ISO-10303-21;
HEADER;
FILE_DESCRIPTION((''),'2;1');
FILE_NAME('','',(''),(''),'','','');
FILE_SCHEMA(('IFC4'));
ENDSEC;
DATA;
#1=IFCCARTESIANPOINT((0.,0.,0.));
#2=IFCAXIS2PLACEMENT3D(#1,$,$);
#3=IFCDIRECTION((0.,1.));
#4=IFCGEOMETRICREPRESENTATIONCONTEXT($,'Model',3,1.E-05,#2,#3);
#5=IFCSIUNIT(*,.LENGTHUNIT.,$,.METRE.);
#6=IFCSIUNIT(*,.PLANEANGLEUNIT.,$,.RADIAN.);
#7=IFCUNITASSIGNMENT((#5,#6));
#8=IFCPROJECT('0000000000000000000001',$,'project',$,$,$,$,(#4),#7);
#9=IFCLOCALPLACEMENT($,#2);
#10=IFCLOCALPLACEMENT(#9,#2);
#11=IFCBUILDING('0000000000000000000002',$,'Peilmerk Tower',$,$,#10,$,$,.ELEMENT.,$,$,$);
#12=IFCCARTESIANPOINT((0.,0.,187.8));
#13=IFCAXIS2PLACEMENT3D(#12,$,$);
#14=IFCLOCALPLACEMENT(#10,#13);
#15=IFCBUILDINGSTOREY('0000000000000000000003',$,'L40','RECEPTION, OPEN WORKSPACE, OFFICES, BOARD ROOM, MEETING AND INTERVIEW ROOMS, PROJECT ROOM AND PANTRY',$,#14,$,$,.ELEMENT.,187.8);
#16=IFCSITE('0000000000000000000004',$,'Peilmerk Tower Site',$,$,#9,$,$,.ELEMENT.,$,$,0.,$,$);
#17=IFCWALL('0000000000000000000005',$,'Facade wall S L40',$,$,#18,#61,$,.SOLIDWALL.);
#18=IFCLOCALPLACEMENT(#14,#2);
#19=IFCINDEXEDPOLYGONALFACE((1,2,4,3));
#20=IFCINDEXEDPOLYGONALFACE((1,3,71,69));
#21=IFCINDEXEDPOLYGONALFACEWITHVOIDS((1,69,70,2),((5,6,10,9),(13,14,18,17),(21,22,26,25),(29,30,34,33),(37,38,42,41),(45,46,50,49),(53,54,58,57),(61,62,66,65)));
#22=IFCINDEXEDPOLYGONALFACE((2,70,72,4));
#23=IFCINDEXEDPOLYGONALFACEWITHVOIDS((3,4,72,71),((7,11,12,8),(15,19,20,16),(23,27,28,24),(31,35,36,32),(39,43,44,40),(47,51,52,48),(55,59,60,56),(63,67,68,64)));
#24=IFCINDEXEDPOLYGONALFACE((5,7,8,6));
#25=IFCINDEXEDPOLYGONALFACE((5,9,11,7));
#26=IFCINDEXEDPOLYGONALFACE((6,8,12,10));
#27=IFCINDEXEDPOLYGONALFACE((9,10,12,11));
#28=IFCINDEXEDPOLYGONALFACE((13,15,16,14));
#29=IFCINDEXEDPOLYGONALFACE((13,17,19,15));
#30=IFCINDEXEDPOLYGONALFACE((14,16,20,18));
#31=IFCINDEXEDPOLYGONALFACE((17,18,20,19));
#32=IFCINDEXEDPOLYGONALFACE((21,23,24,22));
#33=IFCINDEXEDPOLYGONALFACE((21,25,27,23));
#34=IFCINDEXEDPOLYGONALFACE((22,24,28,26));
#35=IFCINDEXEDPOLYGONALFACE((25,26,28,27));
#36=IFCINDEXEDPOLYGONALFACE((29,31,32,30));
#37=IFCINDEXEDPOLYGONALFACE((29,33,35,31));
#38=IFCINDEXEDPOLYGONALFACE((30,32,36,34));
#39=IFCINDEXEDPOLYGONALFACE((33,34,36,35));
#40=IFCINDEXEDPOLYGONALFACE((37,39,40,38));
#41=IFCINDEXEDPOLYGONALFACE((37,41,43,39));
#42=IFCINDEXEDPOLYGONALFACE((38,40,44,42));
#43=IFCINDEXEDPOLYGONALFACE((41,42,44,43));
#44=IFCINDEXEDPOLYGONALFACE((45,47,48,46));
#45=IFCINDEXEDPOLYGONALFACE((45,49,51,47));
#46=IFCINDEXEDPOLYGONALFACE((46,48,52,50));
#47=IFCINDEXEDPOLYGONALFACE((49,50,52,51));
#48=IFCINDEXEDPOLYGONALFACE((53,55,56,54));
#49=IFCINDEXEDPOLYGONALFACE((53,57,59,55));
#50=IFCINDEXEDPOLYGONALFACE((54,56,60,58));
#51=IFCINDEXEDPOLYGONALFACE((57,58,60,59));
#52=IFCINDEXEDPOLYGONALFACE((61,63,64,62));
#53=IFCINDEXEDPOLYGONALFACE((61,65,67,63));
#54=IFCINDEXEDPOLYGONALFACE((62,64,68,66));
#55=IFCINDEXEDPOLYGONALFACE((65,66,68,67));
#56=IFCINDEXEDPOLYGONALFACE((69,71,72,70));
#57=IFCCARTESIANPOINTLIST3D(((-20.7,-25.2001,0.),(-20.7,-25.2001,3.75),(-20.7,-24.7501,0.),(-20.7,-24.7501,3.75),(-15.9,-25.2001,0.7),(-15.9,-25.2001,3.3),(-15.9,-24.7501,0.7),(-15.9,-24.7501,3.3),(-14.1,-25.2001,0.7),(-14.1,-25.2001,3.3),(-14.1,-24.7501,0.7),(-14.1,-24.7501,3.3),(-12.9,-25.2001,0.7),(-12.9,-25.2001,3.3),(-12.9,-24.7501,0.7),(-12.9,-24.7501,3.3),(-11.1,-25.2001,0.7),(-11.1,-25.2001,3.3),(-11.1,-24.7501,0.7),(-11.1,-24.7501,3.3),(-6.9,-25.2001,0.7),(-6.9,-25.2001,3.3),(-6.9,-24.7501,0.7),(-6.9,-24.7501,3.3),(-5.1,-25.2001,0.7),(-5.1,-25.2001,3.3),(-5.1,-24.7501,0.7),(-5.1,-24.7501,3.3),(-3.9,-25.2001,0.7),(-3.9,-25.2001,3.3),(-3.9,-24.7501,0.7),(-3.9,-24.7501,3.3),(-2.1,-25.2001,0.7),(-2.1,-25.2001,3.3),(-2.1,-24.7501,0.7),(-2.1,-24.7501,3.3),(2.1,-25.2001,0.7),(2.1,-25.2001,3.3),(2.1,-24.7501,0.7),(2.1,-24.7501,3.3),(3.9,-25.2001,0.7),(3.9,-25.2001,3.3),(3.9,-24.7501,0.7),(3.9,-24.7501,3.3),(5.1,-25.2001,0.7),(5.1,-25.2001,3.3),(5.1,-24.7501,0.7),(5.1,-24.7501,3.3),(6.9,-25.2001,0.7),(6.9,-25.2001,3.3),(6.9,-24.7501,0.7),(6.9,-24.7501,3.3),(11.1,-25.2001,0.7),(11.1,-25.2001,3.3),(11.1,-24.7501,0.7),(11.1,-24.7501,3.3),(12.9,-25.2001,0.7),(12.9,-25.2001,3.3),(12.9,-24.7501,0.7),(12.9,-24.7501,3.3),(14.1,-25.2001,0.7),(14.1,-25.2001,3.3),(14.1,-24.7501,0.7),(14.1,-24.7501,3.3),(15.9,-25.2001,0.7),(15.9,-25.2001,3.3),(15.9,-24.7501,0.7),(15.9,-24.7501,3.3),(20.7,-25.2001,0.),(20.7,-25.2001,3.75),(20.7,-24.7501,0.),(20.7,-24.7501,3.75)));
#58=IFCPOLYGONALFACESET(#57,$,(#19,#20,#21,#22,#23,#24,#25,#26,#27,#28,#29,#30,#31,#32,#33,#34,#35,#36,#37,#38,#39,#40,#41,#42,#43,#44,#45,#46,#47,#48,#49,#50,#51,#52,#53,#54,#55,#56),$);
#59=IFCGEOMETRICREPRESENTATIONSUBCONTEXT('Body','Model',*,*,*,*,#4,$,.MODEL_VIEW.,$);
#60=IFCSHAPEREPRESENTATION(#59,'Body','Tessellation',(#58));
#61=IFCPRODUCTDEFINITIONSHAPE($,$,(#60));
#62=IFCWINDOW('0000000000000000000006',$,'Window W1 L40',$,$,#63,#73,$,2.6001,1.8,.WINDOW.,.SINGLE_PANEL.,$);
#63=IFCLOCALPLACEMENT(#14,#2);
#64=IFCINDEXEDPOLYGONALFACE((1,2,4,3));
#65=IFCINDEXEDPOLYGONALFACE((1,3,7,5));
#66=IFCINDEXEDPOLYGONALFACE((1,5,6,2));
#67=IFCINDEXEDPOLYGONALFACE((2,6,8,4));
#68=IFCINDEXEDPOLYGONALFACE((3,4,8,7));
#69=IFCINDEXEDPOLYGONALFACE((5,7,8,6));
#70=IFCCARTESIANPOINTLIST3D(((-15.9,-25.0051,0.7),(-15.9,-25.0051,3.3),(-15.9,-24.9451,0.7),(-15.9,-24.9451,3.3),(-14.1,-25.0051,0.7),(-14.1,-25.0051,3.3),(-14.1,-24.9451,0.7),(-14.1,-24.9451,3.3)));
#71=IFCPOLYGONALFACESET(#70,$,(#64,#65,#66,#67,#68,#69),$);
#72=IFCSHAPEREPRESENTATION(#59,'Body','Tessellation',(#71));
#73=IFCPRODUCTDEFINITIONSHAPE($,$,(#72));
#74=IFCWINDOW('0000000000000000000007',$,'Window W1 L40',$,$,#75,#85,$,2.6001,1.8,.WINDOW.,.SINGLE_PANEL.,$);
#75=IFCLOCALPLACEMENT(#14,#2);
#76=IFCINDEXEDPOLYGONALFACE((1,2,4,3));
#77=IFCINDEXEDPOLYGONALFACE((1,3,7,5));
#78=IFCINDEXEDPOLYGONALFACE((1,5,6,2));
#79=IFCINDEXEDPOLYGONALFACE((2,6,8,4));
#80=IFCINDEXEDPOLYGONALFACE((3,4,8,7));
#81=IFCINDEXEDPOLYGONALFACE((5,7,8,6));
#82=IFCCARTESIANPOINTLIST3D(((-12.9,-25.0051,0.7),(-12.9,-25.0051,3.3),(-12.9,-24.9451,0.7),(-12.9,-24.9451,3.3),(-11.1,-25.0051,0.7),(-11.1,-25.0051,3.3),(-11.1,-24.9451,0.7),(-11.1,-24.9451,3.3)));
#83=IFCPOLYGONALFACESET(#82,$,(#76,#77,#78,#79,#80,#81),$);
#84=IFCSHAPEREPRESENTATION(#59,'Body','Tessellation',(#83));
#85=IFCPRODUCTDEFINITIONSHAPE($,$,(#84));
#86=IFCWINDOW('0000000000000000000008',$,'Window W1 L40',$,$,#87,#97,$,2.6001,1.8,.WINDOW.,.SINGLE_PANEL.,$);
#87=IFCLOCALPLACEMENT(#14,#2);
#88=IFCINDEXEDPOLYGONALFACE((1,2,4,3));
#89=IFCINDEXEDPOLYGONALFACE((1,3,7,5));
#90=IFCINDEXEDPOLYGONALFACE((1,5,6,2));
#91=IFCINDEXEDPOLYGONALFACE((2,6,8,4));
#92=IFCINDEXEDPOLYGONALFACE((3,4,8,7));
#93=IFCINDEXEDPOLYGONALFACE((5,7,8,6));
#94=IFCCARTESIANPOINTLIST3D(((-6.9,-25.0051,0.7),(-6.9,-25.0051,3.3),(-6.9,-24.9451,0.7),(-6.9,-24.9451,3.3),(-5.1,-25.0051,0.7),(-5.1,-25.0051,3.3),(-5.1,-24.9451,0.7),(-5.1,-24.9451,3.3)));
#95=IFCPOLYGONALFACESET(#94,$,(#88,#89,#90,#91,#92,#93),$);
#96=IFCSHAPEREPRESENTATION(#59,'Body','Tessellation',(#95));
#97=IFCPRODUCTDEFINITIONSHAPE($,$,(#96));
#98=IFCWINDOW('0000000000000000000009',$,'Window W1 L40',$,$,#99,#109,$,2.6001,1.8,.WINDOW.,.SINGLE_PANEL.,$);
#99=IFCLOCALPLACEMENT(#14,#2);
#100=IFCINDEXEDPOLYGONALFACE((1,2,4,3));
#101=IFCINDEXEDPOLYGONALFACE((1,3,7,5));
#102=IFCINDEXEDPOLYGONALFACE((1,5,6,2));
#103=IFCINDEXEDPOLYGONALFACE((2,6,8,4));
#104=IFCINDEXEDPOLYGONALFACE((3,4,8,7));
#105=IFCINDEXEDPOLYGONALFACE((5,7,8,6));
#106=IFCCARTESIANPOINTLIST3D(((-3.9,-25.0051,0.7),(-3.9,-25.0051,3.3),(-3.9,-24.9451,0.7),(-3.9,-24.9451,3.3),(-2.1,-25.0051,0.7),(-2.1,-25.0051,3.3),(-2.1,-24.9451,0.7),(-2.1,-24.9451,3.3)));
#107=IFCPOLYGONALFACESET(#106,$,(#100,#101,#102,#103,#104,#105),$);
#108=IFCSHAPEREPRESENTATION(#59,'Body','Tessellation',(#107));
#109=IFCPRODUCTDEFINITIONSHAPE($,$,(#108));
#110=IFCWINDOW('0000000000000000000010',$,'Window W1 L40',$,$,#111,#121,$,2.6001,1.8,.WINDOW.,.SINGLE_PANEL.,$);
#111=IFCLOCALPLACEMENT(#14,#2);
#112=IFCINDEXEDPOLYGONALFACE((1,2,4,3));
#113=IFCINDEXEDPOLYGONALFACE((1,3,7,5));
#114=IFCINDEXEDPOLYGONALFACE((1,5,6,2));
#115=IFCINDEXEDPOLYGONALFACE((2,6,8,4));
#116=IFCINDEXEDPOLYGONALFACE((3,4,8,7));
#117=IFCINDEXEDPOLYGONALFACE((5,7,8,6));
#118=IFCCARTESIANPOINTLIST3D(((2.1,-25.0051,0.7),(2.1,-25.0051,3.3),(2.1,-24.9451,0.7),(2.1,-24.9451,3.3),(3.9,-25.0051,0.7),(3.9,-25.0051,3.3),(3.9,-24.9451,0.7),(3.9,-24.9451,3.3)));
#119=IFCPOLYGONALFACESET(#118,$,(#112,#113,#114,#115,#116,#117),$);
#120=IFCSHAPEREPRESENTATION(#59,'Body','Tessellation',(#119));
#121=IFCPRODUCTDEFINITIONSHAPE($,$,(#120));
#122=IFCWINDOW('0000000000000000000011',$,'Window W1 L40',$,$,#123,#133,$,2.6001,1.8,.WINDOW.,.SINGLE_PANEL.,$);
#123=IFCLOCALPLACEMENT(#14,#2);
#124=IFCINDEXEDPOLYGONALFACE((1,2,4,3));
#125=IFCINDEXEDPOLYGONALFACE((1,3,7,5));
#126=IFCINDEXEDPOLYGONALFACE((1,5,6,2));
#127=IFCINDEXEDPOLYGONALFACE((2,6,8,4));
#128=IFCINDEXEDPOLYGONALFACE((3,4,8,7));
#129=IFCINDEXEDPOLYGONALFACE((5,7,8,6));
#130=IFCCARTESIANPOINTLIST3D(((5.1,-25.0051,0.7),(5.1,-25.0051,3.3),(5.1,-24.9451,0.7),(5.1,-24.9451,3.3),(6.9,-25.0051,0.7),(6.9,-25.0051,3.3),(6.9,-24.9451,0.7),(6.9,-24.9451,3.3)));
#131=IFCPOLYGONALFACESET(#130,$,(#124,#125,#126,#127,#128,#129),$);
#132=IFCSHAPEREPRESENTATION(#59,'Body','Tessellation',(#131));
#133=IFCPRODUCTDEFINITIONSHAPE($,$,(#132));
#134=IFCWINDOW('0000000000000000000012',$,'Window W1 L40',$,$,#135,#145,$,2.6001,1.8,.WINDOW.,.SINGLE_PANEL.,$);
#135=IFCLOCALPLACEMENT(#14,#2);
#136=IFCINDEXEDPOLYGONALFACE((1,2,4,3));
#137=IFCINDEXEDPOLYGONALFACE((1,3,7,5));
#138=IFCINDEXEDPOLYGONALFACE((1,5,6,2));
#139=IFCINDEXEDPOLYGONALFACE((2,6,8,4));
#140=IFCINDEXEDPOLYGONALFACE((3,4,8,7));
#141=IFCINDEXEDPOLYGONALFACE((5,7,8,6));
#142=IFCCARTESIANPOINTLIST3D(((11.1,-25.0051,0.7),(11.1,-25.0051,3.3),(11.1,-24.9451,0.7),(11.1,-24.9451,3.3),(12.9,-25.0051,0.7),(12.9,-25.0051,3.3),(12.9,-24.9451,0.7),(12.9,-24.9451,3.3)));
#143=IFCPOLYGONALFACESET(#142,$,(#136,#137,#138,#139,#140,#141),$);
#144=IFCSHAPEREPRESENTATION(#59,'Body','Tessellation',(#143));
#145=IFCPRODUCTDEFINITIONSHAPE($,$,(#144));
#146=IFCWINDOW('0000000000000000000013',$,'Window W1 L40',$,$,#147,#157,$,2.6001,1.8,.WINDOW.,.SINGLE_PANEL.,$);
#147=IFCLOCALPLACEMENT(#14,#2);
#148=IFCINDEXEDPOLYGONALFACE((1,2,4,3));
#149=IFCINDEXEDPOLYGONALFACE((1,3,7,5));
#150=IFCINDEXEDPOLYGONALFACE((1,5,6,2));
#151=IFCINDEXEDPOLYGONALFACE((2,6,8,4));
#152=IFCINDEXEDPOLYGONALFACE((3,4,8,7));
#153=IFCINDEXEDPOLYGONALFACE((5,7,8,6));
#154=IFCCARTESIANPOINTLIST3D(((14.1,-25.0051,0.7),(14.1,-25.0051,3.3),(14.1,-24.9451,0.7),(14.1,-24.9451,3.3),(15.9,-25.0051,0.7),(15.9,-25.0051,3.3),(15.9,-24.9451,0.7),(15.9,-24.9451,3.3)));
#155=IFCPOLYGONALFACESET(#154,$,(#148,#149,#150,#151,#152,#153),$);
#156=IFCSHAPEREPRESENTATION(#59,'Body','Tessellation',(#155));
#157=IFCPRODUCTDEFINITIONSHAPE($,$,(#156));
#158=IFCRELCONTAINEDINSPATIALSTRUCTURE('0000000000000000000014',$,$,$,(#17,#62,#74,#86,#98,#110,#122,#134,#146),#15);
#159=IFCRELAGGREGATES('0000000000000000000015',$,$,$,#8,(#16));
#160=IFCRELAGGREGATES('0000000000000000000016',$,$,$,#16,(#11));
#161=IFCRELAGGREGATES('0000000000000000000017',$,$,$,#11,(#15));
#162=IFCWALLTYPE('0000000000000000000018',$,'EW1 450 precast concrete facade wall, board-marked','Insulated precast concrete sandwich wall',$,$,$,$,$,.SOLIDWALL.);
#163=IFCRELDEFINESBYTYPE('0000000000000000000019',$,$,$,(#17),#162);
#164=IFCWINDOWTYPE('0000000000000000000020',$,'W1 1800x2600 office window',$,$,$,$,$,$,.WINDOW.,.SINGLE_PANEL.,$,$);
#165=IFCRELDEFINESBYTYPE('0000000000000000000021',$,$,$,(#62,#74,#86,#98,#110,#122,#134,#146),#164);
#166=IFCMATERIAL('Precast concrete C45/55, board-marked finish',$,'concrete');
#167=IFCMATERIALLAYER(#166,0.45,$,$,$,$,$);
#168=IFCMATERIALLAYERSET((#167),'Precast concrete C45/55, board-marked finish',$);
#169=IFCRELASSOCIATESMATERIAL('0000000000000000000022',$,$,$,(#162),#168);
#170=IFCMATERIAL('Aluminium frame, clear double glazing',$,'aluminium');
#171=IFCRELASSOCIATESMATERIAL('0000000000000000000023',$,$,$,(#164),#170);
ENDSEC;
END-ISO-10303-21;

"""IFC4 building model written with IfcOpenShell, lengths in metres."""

from ifc_helpers import new_model, si_unit, direction, frame, frame_2d, origin, place, context, subcontext, project, spatial, rectangle, extrude, material, layer, layer_set, type_object, element, fill, save


model = new_model("IFC4")

# Units and contexts
model_context = context("Model", 3, precision=1e-05, world=origin(), true_north=direction((0.0, 1.0)))
body_context = subcontext(model_context, "Body", "Model", "MODEL_VIEW")
ifc_project = project(units=[si_unit("LENGTHUNIT", "METRE"), si_unit("PLANEANGLEUNIT", "RADIAN")], contexts=[model_context])

# Site, building, storey
site_placement = place(None, origin())
site = spatial("IfcSite", under=ifc_project, at=site_placement, Name="Peilmerk Tower Site", CompositionType="ELEMENT", RefElevation=0.0)
building_placement = place(site_placement, origin())
building = spatial("IfcBuilding", under=site, at=building_placement, Name="Peilmerk Tower", CompositionType="ELEMENT")
storey_placement = place(building_placement, frame((0.0, 0.0, 187.8)))
storey = spatial("IfcBuildingStorey", under=building, at=storey_placement, Name="L40", Description="RECEPTION, OPEN WORKSPACE, OFFICES, BOARD ROOM, MEETING AND INTERVIEW ROOMS, PROJECT ROOM AND PANTRY", CompositionType="ELEMENT", Elevation=187.8)

# Wall, openings, windows
ifc_material_1 = material(Name="Precast concrete C45/55, board-marked finish", Category="concrete")
ifc_layer_1 = layer(ifc_material_1, 0.45)
ifc_layer_set_1 = layer_set([ifc_layer_1], Name="Precast concrete C45/55, board-marked finish")
wall_type = type_object("IfcWallType", Name="EW1 450 precast concrete facade wall, board-marked", Description="Insulated precast concrete sandwich wall", PredefinedType="SOLIDWALL", material=ifc_layer_set_1)
wall_placement = place(storey_placement, frame((-20.7, -24.9751, 0.0), z_axis=(0.0, 0.0, 1.0), x_axis=(1.0, 0.0, 0.0)))
wall = element("IfcWall", 1, at=wall_placement, inside=storey, type_object=wall_type, Name="Facade wall S L40", PredefinedType="SOLIDWALL", context=body_context, shape_type="SweptSolid", body=[
    extrude(rectangle(XDim=41.3999, YDim=0.45, at=frame_2d((20.7, 0.0))), origin(), (0.0, 0.0, 1.0), 3.75),
])
opening_1_placement = place(wall_placement, frame((4.8, 0.0, 0.7)))
opening_1 = element("IfcOpeningElement", 2, at=opening_1_placement, cuts=wall, PredefinedType="OPENING", context=body_context, shape_type="SweptSolid", body=[
    extrude(rectangle(XDim=1.8, YDim=2.6001, at=frame_2d((0.8999, 1.3))), frame((0.0, 0.2349, 0.0), z_axis=(0.0, -1.0, 0.0), x_axis=(1.0, 0.0, 0.0)), (0.0, 0.0, 1.0), 0.47),
])
opening_2_placement = place(wall_placement, frame((7.8, 0.0, 0.7)))
opening_2 = element("IfcOpeningElement", 3, at=opening_2_placement, cuts=wall, PredefinedType="OPENING", context=body_context, shape_type="SweptSolid", body=[
    extrude(rectangle(XDim=1.8, YDim=2.6001, at=frame_2d((0.8999, 1.3))), frame((0.0, 0.2349, 0.0), z_axis=(0.0, -1.0, 0.0), x_axis=(1.0, 0.0, 0.0)), (0.0, 0.0, 1.0), 0.47),
])
opening_3_placement = place(wall_placement, frame((13.8, 0.0, 0.7)))
opening_3 = element("IfcOpeningElement", 4, at=opening_3_placement, cuts=wall, PredefinedType="OPENING", context=body_context, shape_type="SweptSolid", body=[
    extrude(rectangle(XDim=1.8, YDim=2.6001, at=frame_2d((0.8999, 1.3))), frame((0.0, 0.2349, 0.0), z_axis=(0.0, -1.0, 0.0), x_axis=(1.0, 0.0, 0.0)), (0.0, 0.0, 1.0), 0.47),
])
opening_4_placement = place(wall_placement, frame((16.8, 0.0, 0.7)))
opening_4 = element("IfcOpeningElement", 5, at=opening_4_placement, cuts=wall, PredefinedType="OPENING", context=body_context, shape_type="SweptSolid", body=[
    extrude(rectangle(XDim=1.8, YDim=2.6001, at=frame_2d((0.8999, 1.3))), frame((0.0, 0.2349, 0.0), z_axis=(0.0, -1.0, 0.0), x_axis=(1.0, 0.0, 0.0)), (0.0, 0.0, 1.0), 0.47),
])
opening_5_placement = place(wall_placement, frame((22.8, 0.0, 0.7)))
opening_5 = element("IfcOpeningElement", 6, at=opening_5_placement, cuts=wall, PredefinedType="OPENING", context=body_context, shape_type="SweptSolid", body=[
    extrude(rectangle(XDim=1.8, YDim=2.6001, at=frame_2d((0.8999, 1.3))), frame((0.0, 0.2349, 0.0), z_axis=(0.0, -1.0, 0.0), x_axis=(1.0, 0.0, 0.0)), (0.0, 0.0, 1.0), 0.47),
])
opening_6_placement = place(wall_placement, frame((25.8, 0.0, 0.7)))
opening_6 = element("IfcOpeningElement", 7, at=opening_6_placement, cuts=wall, PredefinedType="OPENING", context=body_context, shape_type="SweptSolid", body=[
    extrude(rectangle(XDim=1.8, YDim=2.6001, at=frame_2d((0.8999, 1.3))), frame((0.0, 0.2349, 0.0), z_axis=(0.0, -1.0, 0.0), x_axis=(1.0, 0.0, 0.0)), (0.0, 0.0, 1.0), 0.47),
])
opening_7_placement = place(wall_placement, frame((31.8, 0.0, 0.7)))
opening_7 = element("IfcOpeningElement", 8, at=opening_7_placement, cuts=wall, PredefinedType="OPENING", context=body_context, shape_type="SweptSolid", body=[
    extrude(rectangle(XDim=1.8, YDim=2.6001, at=frame_2d((0.8999, 1.3))), frame((0.0, 0.2349, 0.0), z_axis=(0.0, -1.0, 0.0), x_axis=(1.0, 0.0, 0.0)), (0.0, 0.0, 1.0), 0.47),
])
opening_8_placement = place(wall_placement, frame((34.8, 0.0, 0.7)))
opening_8 = element("IfcOpeningElement", 9, at=opening_8_placement, cuts=wall, PredefinedType="OPENING", context=body_context, shape_type="SweptSolid", body=[
    extrude(rectangle(XDim=1.8, YDim=2.6001, at=frame_2d((0.8999, 1.3))), frame((0.0, 0.2349, 0.0), z_axis=(0.0, -1.0, 0.0), x_axis=(1.0, 0.0, 0.0)), (0.0, 0.0, 1.0), 0.47),
])
ifc_material_2 = material(Name="Aluminium frame, clear double glazing", Category="aluminium")
window_type = type_object("IfcWindowType", Name="W1 1800x2600 office window", PartitioningType="SINGLE_PANEL", PredefinedType="WINDOW", material=ifc_material_2)
window_1_placement = place(opening_1_placement, origin())
window_1 = element("IfcWindow", 10, at=window_1_placement, inside=storey, type_object=window_type, Name="Window W1 L40", OverallHeight=2.6001, OverallWidth=1.8, PartitioningType="SINGLE_PANEL", PredefinedType="WINDOW", context=body_context, shape_type="SweptSolid", body=[
    extrude(rectangle(XDim=1.8, YDim=2.6001, at=frame_2d((0.8999, 1.3))), frame((0.0, 0.03, 0.0), z_axis=(0.0, -1.0, 0.0), x_axis=(1.0, 0.0, 0.0)), (0.0, 0.0, 1.0), 0.0601),
])
fill(opening_1, window_1)
window_2_placement = place(opening_2_placement, origin())
window_2 = element("IfcWindow", 11, at=window_2_placement, inside=storey, type_object=window_type, Name="Window W1 L40", OverallHeight=2.6001, OverallWidth=1.8, PartitioningType="SINGLE_PANEL", PredefinedType="WINDOW", context=body_context, shape_type="SweptSolid", body=[
    extrude(rectangle(XDim=1.8, YDim=2.6001, at=frame_2d((0.8999, 1.3))), frame((0.0, 0.03, 0.0), z_axis=(0.0, -1.0, 0.0), x_axis=(1.0, 0.0, 0.0)), (0.0, 0.0, 1.0), 0.0601),
])
fill(opening_2, window_2)
window_3_placement = place(opening_3_placement, origin())
window_3 = element("IfcWindow", 12, at=window_3_placement, inside=storey, type_object=window_type, Name="Window W1 L40", OverallHeight=2.6001, OverallWidth=1.8, PartitioningType="SINGLE_PANEL", PredefinedType="WINDOW", context=body_context, shape_type="SweptSolid", body=[
    extrude(rectangle(XDim=1.8, YDim=2.6001, at=frame_2d((0.8999, 1.3))), frame((0.0, 0.03, 0.0), z_axis=(0.0, -1.0, 0.0), x_axis=(1.0, 0.0, 0.0)), (0.0, 0.0, 1.0), 0.0601),
])
fill(opening_3, window_3)
window_4_placement = place(opening_4_placement, origin())
window_4 = element("IfcWindow", 13, at=window_4_placement, inside=storey, type_object=window_type, Name="Window W1 L40", OverallHeight=2.6001, OverallWidth=1.8, PartitioningType="SINGLE_PANEL", PredefinedType="WINDOW", context=body_context, shape_type="SweptSolid", body=[
    extrude(rectangle(XDim=1.8, YDim=2.6001, at=frame_2d((0.8999, 1.3))), frame((0.0, 0.03, 0.0), z_axis=(0.0, -1.0, 0.0), x_axis=(1.0, 0.0, 0.0)), (0.0, 0.0, 1.0), 0.0601),
])
fill(opening_4, window_4)
window_5_placement = place(opening_5_placement, origin())
window_5 = element("IfcWindow", 14, at=window_5_placement, inside=storey, type_object=window_type, Name="Window W1 L40", OverallHeight=2.6001, OverallWidth=1.8, PartitioningType="SINGLE_PANEL", PredefinedType="WINDOW", context=body_context, shape_type="SweptSolid", body=[
    extrude(rectangle(XDim=1.8, YDim=2.6001, at=frame_2d((0.8999, 1.3))), frame((0.0, 0.03, 0.0), z_axis=(0.0, -1.0, 0.0), x_axis=(1.0, 0.0, 0.0)), (0.0, 0.0, 1.0), 0.0601),
])
fill(opening_5, window_5)
window_6_placement = place(opening_6_placement, origin())
window_6 = element("IfcWindow", 15, at=window_6_placement, inside=storey, type_object=window_type, Name="Window W1 L40", OverallHeight=2.6001, OverallWidth=1.8, PartitioningType="SINGLE_PANEL", PredefinedType="WINDOW", context=body_context, shape_type="SweptSolid", body=[
    extrude(rectangle(XDim=1.8, YDim=2.6001, at=frame_2d((0.8999, 1.3))), frame((0.0, 0.03, 0.0), z_axis=(0.0, -1.0, 0.0), x_axis=(1.0, 0.0, 0.0)), (0.0, 0.0, 1.0), 0.0601),
])
fill(opening_6, window_6)
window_7_placement = place(opening_7_placement, origin())
window_7 = element("IfcWindow", 16, at=window_7_placement, inside=storey, type_object=window_type, Name="Window W1 L40", OverallHeight=2.6001, OverallWidth=1.8, PartitioningType="SINGLE_PANEL", PredefinedType="WINDOW", context=body_context, shape_type="SweptSolid", body=[
    extrude(rectangle(XDim=1.8, YDim=2.6001, at=frame_2d((0.8999, 1.3))), frame((0.0, 0.03, 0.0), z_axis=(0.0, -1.0, 0.0), x_axis=(1.0, 0.0, 0.0)), (0.0, 0.0, 1.0), 0.0601),
])
fill(opening_7, window_7)
window_8_placement = place(opening_8_placement, origin())
window_8 = element("IfcWindow", 17, at=window_8_placement, inside=storey, type_object=window_type, Name="Window W1 L40", OverallHeight=2.6001, OverallWidth=1.8, PartitioningType="SINGLE_PANEL", PredefinedType="WINDOW", context=body_context, shape_type="SweptSolid", body=[
    extrude(rectangle(XDim=1.8, YDim=2.6001, at=frame_2d((0.8999, 1.3))), frame((0.0, 0.03, 0.0), z_axis=(0.0, -1.0, 0.0), x_axis=(1.0, 0.0, 0.0)), (0.0, 0.0, 1.0), 0.0601),
])
fill(opening_8, window_8)

save(model, "model.ifc")
